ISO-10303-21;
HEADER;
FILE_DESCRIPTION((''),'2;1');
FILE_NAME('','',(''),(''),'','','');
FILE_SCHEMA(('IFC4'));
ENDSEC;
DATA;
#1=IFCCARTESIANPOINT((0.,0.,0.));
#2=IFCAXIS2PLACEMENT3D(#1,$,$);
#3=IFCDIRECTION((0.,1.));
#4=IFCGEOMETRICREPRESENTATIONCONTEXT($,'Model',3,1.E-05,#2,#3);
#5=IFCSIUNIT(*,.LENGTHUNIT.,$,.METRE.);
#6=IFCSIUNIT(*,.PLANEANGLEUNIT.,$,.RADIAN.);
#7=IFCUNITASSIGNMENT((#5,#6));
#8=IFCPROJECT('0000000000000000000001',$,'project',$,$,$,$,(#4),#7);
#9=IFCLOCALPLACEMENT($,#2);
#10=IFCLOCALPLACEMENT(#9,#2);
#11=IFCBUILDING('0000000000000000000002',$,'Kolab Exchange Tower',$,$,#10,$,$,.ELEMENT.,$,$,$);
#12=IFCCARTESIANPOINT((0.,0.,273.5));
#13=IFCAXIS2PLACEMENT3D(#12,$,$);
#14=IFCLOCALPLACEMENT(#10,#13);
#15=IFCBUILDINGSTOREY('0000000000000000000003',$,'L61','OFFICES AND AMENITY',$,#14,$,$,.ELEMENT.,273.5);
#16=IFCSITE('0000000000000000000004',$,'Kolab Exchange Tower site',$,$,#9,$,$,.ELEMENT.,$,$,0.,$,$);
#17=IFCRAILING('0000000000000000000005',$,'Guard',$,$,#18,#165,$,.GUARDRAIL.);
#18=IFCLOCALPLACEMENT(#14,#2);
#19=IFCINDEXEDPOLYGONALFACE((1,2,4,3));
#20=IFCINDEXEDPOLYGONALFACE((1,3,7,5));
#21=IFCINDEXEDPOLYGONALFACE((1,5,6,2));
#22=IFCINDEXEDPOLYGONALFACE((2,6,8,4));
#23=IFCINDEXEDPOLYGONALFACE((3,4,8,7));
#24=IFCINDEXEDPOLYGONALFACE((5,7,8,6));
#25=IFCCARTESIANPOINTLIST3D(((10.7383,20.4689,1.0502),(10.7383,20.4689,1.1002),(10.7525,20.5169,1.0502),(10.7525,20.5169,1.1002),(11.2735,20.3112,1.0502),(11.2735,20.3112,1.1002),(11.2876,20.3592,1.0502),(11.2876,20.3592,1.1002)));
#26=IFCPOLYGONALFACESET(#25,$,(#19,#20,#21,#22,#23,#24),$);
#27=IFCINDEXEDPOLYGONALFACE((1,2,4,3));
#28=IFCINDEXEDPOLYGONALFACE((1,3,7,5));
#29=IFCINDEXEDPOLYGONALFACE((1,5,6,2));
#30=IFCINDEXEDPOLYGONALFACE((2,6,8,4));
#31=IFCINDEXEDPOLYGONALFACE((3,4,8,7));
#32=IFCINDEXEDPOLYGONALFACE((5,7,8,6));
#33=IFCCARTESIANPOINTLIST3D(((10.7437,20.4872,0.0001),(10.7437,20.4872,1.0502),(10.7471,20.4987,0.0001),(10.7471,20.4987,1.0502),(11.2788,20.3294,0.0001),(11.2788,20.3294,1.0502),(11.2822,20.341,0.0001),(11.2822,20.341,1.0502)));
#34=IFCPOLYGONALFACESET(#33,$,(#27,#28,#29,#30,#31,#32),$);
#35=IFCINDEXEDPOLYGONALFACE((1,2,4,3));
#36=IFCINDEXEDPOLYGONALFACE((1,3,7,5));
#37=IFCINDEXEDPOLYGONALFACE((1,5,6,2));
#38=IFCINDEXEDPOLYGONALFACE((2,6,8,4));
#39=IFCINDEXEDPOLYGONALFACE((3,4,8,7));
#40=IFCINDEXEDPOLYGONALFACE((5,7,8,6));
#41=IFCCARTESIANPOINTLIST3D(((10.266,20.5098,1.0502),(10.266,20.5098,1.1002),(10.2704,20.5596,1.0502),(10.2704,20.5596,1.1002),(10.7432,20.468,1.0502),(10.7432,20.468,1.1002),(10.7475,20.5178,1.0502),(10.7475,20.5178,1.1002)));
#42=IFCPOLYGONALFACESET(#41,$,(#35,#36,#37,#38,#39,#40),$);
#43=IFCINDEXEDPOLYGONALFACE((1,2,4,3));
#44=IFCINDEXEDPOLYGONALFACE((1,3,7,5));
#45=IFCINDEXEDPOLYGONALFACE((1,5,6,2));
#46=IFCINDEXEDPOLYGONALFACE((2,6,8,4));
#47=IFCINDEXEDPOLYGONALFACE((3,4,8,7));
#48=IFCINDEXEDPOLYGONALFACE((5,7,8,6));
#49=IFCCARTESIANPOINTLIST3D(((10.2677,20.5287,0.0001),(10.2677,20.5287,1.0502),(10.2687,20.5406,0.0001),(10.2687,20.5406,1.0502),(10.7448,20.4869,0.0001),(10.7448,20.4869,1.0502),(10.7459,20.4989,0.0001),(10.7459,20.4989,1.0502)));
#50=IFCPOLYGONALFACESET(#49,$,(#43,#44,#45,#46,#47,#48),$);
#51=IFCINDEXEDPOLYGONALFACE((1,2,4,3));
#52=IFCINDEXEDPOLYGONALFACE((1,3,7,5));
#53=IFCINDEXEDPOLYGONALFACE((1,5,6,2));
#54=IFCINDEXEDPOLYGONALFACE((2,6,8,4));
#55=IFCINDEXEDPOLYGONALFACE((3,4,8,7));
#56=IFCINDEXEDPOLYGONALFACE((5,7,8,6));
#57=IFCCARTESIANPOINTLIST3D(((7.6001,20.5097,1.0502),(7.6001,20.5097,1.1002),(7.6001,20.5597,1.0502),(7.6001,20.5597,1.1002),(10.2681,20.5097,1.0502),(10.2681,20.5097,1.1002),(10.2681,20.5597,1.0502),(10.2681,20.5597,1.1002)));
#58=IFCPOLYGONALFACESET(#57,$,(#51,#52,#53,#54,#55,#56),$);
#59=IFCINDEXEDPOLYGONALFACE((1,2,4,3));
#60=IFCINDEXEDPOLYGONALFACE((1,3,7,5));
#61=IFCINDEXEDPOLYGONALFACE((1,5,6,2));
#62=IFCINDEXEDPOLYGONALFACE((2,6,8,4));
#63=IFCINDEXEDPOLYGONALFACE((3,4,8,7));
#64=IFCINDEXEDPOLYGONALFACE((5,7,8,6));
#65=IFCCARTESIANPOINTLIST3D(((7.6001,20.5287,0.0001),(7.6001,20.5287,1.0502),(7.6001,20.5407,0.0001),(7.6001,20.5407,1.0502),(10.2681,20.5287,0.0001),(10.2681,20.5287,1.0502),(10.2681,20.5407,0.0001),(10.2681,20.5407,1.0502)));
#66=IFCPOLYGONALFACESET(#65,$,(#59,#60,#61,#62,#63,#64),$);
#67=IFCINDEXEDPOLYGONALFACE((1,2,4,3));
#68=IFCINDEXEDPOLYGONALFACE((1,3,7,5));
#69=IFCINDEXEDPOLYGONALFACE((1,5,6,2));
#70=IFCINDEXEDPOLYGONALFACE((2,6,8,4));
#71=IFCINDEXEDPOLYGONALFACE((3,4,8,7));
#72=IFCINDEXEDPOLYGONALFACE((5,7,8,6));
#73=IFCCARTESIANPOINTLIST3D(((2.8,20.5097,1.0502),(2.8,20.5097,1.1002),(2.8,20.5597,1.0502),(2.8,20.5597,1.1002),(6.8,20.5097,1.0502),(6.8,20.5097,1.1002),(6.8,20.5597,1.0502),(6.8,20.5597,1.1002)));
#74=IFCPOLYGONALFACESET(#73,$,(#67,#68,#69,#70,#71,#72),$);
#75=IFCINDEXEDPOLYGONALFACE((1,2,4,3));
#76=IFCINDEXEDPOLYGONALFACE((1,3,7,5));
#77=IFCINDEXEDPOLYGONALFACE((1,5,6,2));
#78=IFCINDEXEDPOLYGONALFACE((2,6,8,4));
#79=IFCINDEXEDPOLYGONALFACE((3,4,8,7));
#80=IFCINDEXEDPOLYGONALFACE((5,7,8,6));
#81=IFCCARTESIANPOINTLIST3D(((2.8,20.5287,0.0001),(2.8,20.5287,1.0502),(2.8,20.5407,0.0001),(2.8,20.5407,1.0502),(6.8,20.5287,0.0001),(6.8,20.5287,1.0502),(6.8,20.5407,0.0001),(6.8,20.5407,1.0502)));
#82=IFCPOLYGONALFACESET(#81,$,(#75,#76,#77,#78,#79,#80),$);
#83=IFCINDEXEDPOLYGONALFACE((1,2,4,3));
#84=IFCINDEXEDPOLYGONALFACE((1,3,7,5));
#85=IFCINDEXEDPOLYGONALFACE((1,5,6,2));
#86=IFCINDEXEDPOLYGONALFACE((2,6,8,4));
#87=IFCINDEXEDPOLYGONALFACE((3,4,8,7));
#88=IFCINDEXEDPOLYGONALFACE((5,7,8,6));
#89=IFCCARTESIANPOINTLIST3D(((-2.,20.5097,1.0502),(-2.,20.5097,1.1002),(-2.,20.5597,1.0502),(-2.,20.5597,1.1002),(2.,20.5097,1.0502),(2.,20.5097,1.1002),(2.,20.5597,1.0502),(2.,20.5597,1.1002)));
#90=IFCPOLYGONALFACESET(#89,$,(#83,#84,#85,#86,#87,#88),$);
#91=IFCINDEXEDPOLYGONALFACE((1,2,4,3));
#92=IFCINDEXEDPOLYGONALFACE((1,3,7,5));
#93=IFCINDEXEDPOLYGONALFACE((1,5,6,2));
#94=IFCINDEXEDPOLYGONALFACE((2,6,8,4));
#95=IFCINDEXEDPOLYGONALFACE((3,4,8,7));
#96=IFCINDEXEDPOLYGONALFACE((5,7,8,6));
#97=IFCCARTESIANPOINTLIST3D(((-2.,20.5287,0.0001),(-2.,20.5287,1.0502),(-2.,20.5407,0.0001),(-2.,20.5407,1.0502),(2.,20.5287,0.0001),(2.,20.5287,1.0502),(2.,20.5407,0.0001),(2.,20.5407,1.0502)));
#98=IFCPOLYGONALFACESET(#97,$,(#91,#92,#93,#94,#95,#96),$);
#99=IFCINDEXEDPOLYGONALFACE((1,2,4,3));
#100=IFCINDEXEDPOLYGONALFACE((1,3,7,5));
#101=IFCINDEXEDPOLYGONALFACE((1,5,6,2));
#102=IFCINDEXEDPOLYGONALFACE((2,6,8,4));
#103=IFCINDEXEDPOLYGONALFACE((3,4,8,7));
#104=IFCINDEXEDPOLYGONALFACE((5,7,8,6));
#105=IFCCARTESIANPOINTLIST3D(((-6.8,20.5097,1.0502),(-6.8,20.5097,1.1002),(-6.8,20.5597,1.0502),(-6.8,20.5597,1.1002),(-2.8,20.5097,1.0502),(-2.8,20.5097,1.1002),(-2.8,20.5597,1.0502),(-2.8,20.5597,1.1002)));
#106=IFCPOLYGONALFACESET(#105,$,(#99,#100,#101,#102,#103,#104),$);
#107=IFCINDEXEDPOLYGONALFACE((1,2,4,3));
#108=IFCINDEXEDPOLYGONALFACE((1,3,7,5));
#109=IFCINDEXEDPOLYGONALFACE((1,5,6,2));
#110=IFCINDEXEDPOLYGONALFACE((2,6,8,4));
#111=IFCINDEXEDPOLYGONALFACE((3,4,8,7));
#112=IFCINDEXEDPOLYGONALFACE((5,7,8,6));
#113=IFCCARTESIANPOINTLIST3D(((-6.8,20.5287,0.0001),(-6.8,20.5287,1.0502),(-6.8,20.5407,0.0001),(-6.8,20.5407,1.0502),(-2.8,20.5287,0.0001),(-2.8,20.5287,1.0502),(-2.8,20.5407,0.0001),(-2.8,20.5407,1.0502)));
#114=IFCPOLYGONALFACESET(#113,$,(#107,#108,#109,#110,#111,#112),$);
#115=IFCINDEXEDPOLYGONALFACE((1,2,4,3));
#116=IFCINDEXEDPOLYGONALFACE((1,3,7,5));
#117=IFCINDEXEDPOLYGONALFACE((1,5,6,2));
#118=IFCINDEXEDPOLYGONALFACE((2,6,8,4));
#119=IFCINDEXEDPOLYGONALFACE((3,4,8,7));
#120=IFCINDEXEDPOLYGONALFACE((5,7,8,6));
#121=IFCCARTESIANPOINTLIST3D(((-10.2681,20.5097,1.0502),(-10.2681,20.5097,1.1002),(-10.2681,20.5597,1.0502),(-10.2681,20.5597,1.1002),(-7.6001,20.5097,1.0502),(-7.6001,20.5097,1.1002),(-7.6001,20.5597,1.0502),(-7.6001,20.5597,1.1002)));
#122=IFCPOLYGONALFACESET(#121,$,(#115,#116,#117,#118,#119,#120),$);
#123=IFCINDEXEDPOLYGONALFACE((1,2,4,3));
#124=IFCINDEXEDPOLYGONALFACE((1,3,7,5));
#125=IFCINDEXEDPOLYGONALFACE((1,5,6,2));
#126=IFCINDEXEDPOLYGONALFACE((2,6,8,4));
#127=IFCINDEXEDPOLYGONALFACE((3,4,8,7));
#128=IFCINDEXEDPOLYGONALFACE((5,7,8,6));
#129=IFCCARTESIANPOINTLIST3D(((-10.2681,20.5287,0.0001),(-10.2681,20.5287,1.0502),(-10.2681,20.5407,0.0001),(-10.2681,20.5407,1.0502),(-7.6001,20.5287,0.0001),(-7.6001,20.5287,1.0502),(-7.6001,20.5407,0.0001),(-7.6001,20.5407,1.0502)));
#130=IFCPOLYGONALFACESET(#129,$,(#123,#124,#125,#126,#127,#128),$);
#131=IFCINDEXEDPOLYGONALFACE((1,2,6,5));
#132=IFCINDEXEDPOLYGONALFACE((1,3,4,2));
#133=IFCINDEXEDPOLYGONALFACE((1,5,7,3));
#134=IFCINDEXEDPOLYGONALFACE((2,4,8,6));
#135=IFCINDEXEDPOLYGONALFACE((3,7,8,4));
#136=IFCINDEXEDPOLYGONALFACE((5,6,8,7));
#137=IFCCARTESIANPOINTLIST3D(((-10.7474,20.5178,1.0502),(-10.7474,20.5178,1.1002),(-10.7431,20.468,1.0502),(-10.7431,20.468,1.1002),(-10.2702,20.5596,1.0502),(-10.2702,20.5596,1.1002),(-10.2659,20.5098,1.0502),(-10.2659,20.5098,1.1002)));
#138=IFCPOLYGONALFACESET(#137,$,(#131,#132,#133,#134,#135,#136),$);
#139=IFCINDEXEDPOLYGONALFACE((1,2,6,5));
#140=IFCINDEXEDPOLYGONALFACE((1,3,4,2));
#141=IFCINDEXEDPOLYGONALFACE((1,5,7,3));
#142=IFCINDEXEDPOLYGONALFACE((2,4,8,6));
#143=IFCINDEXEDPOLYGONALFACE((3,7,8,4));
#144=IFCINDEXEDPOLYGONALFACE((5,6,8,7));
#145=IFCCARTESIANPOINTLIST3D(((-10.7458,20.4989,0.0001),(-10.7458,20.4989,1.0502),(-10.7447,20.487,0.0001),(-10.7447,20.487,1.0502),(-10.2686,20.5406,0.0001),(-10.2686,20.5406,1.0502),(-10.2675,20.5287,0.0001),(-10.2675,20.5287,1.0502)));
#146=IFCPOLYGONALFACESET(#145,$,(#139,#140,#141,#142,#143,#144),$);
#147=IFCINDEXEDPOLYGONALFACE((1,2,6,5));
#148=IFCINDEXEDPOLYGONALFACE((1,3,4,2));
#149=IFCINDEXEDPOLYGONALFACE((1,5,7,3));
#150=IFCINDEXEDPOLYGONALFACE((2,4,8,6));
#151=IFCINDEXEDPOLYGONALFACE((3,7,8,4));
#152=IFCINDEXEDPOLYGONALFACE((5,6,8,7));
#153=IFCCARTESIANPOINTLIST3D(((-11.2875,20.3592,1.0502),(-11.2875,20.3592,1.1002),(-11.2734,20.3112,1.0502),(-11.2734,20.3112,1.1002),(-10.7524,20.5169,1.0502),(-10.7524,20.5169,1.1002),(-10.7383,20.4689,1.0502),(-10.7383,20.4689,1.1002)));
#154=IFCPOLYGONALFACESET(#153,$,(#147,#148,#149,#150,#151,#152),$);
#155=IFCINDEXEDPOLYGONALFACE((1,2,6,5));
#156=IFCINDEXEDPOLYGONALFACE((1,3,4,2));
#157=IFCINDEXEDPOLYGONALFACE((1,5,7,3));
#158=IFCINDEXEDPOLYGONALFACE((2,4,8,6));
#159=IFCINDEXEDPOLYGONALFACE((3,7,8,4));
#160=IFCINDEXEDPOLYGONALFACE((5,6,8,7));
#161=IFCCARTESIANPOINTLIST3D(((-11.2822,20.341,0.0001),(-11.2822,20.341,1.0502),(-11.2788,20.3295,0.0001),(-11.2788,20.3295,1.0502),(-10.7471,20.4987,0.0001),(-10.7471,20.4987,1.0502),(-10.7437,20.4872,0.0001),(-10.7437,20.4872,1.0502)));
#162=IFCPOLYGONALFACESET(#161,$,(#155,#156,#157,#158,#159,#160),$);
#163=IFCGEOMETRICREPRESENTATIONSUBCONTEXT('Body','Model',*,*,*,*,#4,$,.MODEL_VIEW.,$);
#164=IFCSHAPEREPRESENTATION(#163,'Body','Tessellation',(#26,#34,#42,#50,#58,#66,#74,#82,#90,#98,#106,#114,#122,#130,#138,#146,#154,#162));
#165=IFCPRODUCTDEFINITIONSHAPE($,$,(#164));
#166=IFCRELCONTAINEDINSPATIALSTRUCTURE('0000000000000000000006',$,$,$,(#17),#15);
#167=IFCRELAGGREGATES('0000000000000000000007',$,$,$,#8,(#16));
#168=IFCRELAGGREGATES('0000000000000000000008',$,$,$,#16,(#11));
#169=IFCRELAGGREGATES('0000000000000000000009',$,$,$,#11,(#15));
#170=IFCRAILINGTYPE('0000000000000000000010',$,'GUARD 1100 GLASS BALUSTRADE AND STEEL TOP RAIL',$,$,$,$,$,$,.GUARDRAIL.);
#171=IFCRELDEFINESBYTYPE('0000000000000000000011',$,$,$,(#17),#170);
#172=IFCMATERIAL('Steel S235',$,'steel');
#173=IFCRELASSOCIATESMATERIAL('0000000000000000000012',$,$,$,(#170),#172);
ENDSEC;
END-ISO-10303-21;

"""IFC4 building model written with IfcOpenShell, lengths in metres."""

from ifc_helpers import new_model, si_unit, direction, frame, frame_2d, origin, origin_2d, place, context, subcontext, project, spatial, rectangle, extrude, material, type_object, element, save


model = new_model("IFC4")

# Units and contexts
model_context = context("Model", 3, precision=1e-05, world=origin(), true_north=direction((0.0, 1.0)))
body_context = subcontext(model_context, "Body", "Model", "MODEL_VIEW")
ifc_project = project(units=[si_unit("LENGTHUNIT", "METRE"), si_unit("PLANEANGLEUNIT", "RADIAN")], contexts=[model_context])

# Site, building, storey
site_placement = place(None, origin())
site = spatial("IfcSite", under=ifc_project, at=site_placement, Name="Kolab Exchange Tower site", CompositionType="ELEMENT", RefElevation=0.0)
building_placement = place(site_placement, origin())
building = spatial("IfcBuilding", under=site, at=building_placement, Name="Kolab Exchange Tower", CompositionType="ELEMENT")
storey_placement = place(building_placement, frame((0.0, 0.0, 273.5)))
storey = spatial("IfcBuildingStorey", under=building, at=storey_placement, Name="L61", Description="OFFICES AND AMENITY", CompositionType="ELEMENT", Elevation=273.5)

# Railing
ifc_material_1 = material(Name="Steel S235", Category="steel")
railing_type = type_object("IfcRailingType", Name="GUARD 1100 GLASS BALUSTRADE AND STEEL TOP RAIL", PredefinedType="GUARDRAIL", material=ifc_material_1)
railing_placement = place(storey_placement, frame((11.2805, 20.3352, 0.0)))
element("IfcRailing", 1, at=railing_placement, inside=storey, type_object=railing_type, Name="Guard", PredefinedType="GUARDRAIL", context=body_context, shape_type="SweptSolid", body=[
    extrude(rectangle(XDim=0.05, YDim=0.05, at=origin_2d()), frame((0.0, 0.0, 1.0752), z_axis=(-0.959212, 0.282687, 0.0), x_axis=(-0.282687, -0.959212, 0.0)), (0.0, 0.0, 1.0), 0.5579),
    extrude(rectangle(XDim=0.012, YDim=1.0501, at=frame_2d((0.0, 0.5251))), frame((0.0, 0.0, 0.0), z_axis=(-0.959212, 0.282687, 0.0), x_axis=(-0.282687, -0.959212, 0.0)), (0.0, 0.0, 1.0), 0.5579),
    extrude(rectangle(XDim=0.05, YDim=0.05, at=origin_2d()), frame((-0.5352, 0.1577, 1.0752), z_axis=(-0.996196, 0.087135, 0.0), x_axis=(-0.087135, -0.996196, 0.0)), (0.0, 0.0, 1.0), 0.479),
    extrude(rectangle(XDim=0.012, YDim=1.0501, at=frame_2d((0.0, 0.5251))), frame((-0.5352, 0.1577, 0.0), z_axis=(-0.996196, 0.087135, 0.0), x_axis=(-0.087135, -0.996196, 0.0)), (0.0, 0.0, 1.0), 0.479),
    extrude(rectangle(XDim=0.05, YDim=0.05, at=origin_2d()), frame((-1.0125, 0.1995, 1.0752), z_axis=(-1.0, 0.0, 0.0), x_axis=(0.0, -1.0, 0.0)), (0.0, 0.0, 1.0), 2.668),
    extrude(rectangle(XDim=0.012, YDim=1.0501, at=frame_2d((0.0, 0.5251))), frame((-1.0125, 0.1995, 0.0), z_axis=(-1.0, 0.0, 0.0), x_axis=(0.0, -1.0, 0.0)), (0.0, 0.0, 1.0), 2.668),
    extrude(rectangle(XDim=0.05, YDim=0.05, at=origin_2d()), frame((-4.4805, 0.1995, 1.0752), z_axis=(-1.0, 0.0, 0.0), x_axis=(0.0, -1.0, 0.0)), (0.0, 0.0, 1.0), 4.0),
    extrude(rectangle(XDim=0.012, YDim=1.0501, at=frame_2d((0.0, 0.5251))), frame((-4.4805, 0.1995, 0.0), z_axis=(-1.0, 0.0, 0.0), x_axis=(0.0, -1.0, 0.0)), (0.0, 0.0, 1.0), 4.0),
    extrude(rectangle(XDim=0.05, YDim=0.05, at=origin_2d()), frame((-9.2805, 0.1995, 1.0752), z_axis=(-1.0, 0.0, 0.0), x_axis=(0.0, -1.0, 0.0)), (0.0, 0.0, 1.0), 4.0),
    extrude(rectangle(XDim=0.012, YDim=1.0501, at=frame_2d((0.0, 0.5251))), frame((-9.2805, 0.1995, 0.0), z_axis=(-1.0, 0.0, 0.0), x_axis=(0.0, -1.0, 0.0)), (0.0, 0.0, 1.0), 4.0),
    extrude(rectangle(XDim=0.05, YDim=0.05, at=origin_2d()), frame((-14.0806, 0.1995, 1.0752), z_axis=(-1.0, 0.0, 0.0), x_axis=(0.0, -1.0, 0.0)), (0.0, 0.0, 1.0), 4.0),
    extrude(rectangle(XDim=0.012, YDim=1.0501, at=frame_2d((0.0, 0.5251))), frame((-14.0806, 0.1995, 0.0), z_axis=(-1.0, 0.0, 0.0), x_axis=(0.0, -1.0, 0.0)), (0.0, 0.0, 1.0), 4.0),
    extrude(rectangle(XDim=0.05, YDim=0.05, at=origin_2d()), frame((-18.8806, 0.1995, 1.0752), z_axis=(-1.0, 0.0, 0.0), x_axis=(0.0, -1.0, 0.0)), (0.0, 0.0, 1.0), 2.668),
    extrude(rectangle(XDim=0.012, YDim=1.0501, at=frame_2d((0.0, 0.5251))), frame((-18.8806, 0.1995, 0.0), z_axis=(-1.0, 0.0, 0.0), x_axis=(0.0, -1.0, 0.0)), (0.0, 0.0, 1.0), 2.668),
    extrude(rectangle(XDim=0.05, YDim=0.05, at=origin_2d()), frame((-21.5486, 0.1995, 1.0752), z_axis=(-0.996196, -0.087135, 0.0), x_axis=(0.087135, -0.996196, 0.0)), (0.0, 0.0, 1.0), 0.479),
    extrude(rectangle(XDim=0.012, YDim=1.0501, at=frame_2d((0.0, 0.5251))), frame((-21.5486, 0.1995, 0.0), z_axis=(-0.996196, -0.087135, 0.0), x_axis=(0.087135, -0.996196, 0.0)), (0.0, 0.0, 1.0), 0.479),
    extrude(rectangle(XDim=0.05, YDim=0.05, at=origin_2d()), frame((-22.0259, 0.1577, 1.0752), z_axis=(-0.959212, -0.282687, 0.0), x_axis=(0.282687, -0.959212, 0.0)), (0.0, 0.0, 1.0), 0.5579),
    extrude(rectangle(XDim=0.012, YDim=1.0501, at=frame_2d((0.0, 0.5251))), frame((-22.0259, 0.1577, 0.0), z_axis=(-0.959212, -0.282687, 0.0), x_axis=(0.282687, -0.959212, 0.0)), (0.0, 0.0, 1.0), 0.5579),
])

save(model, "model.ifc")
